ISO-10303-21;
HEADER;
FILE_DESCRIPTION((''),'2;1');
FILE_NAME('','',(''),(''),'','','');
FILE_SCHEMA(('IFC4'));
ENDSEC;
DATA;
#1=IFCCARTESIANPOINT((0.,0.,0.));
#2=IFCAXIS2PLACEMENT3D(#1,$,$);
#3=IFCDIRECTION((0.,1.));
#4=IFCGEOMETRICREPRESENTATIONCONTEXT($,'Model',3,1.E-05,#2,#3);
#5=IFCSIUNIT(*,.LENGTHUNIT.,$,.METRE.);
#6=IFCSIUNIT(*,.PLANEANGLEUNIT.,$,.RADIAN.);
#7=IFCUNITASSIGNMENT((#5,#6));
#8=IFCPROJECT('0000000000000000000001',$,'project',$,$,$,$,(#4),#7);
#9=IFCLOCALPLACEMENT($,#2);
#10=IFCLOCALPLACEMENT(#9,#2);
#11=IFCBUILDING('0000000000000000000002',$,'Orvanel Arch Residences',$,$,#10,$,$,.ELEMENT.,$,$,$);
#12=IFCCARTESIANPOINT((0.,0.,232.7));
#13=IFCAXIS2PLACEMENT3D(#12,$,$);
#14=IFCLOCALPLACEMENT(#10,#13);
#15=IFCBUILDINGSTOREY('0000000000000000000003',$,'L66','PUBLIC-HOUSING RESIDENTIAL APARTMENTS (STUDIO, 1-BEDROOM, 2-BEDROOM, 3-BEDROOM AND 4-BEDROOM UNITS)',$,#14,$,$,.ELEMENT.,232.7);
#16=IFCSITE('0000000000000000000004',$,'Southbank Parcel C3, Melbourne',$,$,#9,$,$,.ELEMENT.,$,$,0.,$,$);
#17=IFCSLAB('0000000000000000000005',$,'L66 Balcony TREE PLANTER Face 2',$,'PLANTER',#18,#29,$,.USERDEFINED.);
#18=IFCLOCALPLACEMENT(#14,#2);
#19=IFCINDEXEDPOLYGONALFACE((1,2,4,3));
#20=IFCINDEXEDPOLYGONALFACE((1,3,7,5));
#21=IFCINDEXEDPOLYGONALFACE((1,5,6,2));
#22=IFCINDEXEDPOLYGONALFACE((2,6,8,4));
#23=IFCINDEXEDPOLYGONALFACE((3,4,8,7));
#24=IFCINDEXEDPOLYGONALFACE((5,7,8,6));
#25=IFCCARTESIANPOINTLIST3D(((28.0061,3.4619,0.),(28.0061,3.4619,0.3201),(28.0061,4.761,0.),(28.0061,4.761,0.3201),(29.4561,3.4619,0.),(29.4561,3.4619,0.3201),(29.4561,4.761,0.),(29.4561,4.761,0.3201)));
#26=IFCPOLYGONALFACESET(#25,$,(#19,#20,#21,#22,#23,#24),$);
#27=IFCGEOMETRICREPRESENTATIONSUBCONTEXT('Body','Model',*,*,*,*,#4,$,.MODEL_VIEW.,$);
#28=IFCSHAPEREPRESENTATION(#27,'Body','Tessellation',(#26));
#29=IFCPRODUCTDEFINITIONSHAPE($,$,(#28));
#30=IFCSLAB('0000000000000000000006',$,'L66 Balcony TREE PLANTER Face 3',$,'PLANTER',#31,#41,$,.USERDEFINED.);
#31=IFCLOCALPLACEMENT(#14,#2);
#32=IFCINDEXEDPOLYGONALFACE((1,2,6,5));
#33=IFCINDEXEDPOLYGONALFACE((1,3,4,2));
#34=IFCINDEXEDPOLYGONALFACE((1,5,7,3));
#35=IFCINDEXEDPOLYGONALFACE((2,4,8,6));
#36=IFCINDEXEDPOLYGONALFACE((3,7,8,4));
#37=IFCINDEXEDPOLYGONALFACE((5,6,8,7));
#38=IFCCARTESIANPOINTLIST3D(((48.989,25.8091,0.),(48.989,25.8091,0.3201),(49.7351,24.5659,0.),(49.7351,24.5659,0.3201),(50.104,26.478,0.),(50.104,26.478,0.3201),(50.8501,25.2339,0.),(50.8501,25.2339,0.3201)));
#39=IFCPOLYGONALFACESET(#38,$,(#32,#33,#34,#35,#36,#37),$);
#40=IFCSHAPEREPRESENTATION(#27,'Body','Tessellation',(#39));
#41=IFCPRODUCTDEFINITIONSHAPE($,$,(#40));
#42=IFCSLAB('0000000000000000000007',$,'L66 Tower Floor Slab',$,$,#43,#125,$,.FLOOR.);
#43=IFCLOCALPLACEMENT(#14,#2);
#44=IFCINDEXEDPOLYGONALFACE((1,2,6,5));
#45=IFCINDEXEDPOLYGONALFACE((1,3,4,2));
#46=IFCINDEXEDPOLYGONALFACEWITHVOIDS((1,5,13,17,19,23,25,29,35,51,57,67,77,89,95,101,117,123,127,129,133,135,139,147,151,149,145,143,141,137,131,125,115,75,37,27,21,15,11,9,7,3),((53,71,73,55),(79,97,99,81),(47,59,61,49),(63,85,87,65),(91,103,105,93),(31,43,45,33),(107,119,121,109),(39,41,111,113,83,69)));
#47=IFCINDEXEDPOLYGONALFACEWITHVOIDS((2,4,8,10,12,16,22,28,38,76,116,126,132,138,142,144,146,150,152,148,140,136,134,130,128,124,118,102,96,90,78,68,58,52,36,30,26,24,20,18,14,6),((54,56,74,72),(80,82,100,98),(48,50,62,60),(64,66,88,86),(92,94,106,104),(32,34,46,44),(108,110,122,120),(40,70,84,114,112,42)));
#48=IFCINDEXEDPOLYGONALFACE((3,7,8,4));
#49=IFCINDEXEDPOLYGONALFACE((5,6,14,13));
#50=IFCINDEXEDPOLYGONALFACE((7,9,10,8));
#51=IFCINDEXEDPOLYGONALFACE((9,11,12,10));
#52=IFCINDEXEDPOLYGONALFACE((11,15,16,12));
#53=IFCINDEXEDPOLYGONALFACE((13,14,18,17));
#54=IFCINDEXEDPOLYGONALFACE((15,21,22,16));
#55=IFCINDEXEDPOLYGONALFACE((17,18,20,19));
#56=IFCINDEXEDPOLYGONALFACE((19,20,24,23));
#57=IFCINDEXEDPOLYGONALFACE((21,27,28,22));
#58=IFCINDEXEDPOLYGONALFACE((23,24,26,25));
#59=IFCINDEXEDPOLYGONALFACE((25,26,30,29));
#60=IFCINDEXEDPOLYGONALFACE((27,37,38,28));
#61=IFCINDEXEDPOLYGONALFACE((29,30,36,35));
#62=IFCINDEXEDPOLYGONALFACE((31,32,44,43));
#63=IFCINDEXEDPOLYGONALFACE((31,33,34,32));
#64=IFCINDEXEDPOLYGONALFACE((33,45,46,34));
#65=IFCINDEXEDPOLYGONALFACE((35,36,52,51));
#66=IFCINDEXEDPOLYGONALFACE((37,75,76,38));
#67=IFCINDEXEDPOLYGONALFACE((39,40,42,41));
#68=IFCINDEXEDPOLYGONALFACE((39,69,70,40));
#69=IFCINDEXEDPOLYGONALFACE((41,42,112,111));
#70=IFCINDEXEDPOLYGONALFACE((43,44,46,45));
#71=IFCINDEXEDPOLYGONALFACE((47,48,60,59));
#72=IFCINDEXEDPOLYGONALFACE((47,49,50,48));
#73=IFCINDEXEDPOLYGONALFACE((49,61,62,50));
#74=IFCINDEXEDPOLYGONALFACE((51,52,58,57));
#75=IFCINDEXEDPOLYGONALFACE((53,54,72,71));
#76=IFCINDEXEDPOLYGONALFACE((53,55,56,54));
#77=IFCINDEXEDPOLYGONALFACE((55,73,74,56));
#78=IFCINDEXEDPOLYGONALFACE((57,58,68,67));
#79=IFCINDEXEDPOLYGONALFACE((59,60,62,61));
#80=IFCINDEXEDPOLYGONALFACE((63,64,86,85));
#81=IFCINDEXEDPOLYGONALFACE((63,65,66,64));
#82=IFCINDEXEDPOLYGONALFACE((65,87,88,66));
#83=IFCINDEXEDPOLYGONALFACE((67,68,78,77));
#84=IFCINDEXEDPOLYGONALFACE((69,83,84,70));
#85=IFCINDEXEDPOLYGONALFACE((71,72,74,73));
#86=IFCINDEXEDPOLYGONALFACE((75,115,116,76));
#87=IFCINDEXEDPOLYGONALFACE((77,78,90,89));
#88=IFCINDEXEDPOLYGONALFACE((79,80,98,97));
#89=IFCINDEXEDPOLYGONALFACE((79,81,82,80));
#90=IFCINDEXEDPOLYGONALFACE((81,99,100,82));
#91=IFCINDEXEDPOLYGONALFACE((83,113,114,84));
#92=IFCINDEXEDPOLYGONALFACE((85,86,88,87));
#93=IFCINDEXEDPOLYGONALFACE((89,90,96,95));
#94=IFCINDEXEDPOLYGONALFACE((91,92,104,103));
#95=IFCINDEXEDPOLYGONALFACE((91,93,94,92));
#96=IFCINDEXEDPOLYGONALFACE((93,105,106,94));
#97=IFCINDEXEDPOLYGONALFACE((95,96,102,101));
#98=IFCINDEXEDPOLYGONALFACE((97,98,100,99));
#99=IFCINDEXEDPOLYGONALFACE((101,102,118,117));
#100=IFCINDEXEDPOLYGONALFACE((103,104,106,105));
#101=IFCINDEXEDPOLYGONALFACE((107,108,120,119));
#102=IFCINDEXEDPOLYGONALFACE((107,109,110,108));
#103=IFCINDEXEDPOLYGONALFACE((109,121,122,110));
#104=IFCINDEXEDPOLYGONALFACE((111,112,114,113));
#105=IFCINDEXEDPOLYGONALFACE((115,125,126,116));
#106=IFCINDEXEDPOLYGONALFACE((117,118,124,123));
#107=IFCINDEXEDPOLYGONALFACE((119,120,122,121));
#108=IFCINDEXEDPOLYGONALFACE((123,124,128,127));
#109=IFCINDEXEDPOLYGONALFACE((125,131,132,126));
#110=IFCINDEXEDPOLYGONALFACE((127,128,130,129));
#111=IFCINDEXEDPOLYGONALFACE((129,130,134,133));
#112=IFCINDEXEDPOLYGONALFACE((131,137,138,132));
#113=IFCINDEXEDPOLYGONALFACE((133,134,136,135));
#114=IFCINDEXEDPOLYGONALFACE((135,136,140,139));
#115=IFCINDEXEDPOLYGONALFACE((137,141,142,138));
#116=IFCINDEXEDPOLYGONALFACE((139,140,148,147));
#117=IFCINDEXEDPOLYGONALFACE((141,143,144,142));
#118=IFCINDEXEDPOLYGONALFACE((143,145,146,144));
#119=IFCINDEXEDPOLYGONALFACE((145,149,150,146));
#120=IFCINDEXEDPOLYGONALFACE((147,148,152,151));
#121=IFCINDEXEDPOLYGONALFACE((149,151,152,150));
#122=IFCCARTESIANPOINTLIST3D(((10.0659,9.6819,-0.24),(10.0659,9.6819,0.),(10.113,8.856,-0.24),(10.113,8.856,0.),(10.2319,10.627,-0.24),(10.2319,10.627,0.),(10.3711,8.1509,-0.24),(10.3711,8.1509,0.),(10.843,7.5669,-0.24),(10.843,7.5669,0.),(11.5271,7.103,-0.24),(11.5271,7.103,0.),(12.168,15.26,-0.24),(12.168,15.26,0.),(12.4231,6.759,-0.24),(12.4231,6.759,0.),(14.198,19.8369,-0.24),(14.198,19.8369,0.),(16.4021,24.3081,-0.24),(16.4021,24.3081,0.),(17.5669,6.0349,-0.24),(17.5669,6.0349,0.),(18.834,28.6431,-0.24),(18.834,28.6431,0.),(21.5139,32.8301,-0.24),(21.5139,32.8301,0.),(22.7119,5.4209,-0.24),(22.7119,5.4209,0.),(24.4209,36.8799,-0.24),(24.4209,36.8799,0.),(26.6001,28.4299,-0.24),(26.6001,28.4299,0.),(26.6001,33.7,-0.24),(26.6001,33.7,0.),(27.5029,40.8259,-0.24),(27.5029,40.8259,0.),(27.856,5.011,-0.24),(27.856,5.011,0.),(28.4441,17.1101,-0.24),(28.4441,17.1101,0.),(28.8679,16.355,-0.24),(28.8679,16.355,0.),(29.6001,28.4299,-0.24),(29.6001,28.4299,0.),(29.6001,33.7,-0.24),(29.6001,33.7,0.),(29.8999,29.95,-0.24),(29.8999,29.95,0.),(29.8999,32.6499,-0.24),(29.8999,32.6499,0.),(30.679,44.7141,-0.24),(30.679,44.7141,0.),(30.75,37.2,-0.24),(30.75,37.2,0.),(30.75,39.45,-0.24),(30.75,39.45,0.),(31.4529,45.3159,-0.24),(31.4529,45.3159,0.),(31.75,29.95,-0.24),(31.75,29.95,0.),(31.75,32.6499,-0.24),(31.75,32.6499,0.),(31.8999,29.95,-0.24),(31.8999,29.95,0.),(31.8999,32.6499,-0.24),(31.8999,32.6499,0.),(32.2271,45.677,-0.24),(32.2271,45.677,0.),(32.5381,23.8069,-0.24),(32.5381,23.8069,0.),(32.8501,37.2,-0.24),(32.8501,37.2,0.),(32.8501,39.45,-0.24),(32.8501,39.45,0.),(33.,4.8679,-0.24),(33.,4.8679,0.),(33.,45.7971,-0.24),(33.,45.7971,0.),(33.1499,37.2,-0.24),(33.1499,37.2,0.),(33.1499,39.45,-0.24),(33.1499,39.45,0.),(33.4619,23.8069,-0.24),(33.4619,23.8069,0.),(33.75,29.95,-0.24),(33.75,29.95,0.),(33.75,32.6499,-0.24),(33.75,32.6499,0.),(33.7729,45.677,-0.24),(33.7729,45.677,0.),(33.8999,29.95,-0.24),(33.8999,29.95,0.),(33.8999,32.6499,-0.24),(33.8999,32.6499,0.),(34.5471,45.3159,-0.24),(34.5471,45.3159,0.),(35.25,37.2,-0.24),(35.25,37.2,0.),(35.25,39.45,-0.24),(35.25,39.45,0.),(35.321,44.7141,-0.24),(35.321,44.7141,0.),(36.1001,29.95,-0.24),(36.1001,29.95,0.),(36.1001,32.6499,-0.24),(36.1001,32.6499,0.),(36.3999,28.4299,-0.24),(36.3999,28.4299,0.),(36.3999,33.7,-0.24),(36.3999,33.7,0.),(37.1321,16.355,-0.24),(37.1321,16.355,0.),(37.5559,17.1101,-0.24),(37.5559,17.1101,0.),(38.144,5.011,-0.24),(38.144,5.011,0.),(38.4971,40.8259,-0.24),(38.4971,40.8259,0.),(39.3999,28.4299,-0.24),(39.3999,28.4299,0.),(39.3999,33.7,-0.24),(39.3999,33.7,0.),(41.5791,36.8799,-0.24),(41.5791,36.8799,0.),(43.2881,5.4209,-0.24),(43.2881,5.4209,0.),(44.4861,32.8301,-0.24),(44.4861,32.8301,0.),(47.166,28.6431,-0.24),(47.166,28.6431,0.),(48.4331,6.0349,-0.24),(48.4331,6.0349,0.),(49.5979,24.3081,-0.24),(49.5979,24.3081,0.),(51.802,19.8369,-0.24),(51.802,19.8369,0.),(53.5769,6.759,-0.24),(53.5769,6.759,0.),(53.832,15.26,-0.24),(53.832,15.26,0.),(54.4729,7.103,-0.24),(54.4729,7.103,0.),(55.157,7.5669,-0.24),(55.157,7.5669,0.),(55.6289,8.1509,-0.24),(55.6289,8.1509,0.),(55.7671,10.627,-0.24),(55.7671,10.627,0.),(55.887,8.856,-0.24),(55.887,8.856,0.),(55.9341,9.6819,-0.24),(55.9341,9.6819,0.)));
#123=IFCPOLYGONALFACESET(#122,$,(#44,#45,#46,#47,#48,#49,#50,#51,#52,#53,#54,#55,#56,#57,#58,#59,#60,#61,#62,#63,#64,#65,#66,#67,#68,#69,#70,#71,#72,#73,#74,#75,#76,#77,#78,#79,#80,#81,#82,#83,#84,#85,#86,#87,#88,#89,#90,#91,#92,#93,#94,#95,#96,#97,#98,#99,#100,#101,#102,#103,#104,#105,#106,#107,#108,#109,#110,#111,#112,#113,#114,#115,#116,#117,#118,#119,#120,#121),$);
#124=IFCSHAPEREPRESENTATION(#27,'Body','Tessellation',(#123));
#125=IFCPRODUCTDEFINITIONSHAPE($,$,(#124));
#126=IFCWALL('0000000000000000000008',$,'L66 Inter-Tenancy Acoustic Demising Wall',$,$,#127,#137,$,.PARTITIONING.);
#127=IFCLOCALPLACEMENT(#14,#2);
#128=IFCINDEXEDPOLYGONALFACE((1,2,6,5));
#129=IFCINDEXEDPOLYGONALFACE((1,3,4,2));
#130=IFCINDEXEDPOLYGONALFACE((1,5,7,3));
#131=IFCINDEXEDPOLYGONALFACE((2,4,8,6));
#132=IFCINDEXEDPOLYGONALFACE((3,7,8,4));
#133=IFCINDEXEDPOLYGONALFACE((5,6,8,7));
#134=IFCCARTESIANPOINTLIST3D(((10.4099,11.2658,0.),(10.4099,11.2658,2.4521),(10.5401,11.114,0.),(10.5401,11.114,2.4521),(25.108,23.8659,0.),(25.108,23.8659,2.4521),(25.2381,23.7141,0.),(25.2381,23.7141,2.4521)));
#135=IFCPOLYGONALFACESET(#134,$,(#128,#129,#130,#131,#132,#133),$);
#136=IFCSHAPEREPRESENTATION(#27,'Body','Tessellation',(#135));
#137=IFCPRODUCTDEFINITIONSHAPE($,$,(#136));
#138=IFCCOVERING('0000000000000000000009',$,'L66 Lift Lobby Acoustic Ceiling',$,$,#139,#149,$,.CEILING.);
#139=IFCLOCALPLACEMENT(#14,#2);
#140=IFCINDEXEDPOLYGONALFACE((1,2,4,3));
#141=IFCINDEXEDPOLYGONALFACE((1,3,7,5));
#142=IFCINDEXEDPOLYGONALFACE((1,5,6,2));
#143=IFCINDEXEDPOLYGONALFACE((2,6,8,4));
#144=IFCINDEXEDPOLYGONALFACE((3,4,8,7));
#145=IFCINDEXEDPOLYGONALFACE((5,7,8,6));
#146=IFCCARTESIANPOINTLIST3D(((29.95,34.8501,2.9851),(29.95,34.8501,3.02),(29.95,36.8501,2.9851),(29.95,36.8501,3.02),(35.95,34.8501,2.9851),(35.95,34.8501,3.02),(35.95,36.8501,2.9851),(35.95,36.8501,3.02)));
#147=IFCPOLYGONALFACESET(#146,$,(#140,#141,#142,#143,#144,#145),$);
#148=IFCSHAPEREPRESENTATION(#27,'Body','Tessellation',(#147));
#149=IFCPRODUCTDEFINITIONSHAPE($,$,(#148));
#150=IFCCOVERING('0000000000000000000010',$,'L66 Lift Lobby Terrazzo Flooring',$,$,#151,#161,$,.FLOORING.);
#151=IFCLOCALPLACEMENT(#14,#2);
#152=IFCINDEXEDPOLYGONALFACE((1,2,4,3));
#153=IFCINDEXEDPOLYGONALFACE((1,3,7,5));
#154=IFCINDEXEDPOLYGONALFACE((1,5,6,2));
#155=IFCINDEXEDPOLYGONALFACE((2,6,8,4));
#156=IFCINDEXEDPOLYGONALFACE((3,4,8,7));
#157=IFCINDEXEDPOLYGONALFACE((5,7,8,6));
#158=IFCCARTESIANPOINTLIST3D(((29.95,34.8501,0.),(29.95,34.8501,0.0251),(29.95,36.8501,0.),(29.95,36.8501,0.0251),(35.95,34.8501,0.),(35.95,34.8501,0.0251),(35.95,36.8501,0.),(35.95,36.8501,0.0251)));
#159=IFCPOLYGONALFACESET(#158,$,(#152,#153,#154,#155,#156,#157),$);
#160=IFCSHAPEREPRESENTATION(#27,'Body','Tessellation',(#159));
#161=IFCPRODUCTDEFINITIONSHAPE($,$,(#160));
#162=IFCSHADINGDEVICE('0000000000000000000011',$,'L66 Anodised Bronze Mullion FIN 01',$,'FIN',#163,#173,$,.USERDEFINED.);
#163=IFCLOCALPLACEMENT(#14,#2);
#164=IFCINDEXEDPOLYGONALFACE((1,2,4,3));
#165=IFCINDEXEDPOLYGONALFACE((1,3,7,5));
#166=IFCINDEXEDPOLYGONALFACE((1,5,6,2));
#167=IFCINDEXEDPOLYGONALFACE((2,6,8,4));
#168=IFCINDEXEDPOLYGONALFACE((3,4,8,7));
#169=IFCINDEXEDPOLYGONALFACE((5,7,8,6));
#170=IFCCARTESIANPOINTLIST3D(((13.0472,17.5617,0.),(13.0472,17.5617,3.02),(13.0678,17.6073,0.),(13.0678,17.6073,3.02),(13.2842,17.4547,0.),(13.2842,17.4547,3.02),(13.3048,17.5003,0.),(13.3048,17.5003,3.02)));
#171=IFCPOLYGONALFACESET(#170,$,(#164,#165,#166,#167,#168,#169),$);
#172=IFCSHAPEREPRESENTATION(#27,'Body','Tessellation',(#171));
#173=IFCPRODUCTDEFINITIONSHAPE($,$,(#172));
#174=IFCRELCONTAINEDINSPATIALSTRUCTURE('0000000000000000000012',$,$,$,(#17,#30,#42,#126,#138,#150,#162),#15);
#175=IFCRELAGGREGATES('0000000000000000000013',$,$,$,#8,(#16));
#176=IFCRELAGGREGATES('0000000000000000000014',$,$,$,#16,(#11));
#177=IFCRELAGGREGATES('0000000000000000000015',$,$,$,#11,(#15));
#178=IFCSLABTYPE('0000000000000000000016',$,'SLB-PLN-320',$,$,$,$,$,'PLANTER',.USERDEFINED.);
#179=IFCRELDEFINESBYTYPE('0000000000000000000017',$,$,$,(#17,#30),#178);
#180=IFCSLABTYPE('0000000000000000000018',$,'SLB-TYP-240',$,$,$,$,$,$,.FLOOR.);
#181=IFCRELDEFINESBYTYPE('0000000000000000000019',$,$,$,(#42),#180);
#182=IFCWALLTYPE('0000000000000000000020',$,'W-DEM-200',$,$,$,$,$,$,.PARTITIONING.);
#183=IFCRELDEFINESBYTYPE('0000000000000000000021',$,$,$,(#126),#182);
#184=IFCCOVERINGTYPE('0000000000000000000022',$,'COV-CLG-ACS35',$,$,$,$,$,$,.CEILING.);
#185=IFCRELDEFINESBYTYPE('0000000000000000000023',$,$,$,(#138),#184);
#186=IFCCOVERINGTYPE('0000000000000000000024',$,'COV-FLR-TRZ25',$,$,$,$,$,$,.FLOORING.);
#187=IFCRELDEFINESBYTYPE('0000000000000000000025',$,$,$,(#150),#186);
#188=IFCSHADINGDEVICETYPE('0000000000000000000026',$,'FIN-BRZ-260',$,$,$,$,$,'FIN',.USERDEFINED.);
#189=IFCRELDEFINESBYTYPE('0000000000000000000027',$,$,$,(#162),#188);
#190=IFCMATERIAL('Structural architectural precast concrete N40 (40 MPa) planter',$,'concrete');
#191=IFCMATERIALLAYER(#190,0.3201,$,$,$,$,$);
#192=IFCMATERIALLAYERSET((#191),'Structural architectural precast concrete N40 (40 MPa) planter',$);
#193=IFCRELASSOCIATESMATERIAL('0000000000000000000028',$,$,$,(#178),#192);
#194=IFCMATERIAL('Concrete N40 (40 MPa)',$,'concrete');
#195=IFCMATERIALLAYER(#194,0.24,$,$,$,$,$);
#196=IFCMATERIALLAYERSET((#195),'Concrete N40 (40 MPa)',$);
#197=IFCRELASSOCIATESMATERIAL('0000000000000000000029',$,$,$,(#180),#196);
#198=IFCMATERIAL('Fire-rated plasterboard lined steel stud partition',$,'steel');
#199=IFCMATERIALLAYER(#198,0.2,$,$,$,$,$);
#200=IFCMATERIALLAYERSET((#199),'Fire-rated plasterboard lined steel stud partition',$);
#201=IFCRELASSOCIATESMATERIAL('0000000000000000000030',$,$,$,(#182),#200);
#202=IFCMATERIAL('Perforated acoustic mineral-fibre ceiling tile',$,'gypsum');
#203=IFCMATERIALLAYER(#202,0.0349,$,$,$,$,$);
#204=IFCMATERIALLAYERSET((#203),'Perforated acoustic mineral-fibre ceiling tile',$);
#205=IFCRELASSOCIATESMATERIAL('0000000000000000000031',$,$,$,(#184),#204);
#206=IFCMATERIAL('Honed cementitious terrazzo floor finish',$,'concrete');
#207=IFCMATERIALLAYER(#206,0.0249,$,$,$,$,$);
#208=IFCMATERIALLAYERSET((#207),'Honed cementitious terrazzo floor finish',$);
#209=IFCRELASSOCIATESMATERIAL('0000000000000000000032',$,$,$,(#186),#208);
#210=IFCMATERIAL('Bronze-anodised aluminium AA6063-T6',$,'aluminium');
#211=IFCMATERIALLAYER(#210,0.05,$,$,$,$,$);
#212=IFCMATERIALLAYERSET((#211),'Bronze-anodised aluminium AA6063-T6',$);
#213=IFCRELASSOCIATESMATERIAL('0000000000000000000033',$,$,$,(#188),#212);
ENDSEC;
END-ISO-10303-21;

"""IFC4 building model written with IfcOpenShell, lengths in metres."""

from ifc_helpers import new_model, si_unit, direction, frame, frame_2d, origin, origin_2d, place, context, subcontext, project, spatial, polyline, rectangle, outline, extrude, material, layer, layer_set, type_object, element, save


model = new_model("IFC4")

# Units and contexts
model_context = context("Model", 3, precision=1e-05, world=origin(), true_north=direction((0.0, 1.0)))
body_context = subcontext(model_context, "Body", "Model", "MODEL_VIEW")
ifc_project = project(units=[si_unit("LENGTHUNIT", "METRE"), si_unit("PLANEANGLEUNIT", "RADIAN")], contexts=[model_context])

# Site, building, storey
site_placement = place(None, origin())
site = spatial("IfcSite", under=ifc_project, at=site_placement, Name="Southbank Parcel C3, Melbourne", CompositionType="ELEMENT", RefElevation=0.0)
building_placement = place(site_placement, origin())
building = spatial("IfcBuilding", under=site, at=building_placement, Name="Orvanel Arch Residences", CompositionType="ELEMENT")
storey_placement = place(building_placement, frame((0.0, 0.0, 232.7)))
storey = spatial("IfcBuildingStorey", under=building, at=storey_placement, Name="L66", Description="PUBLIC-HOUSING RESIDENTIAL APARTMENTS (STUDIO, 1-BEDROOM, 2-BEDROOM, 3-BEDROOM AND 4-BEDROOM UNITS)", CompositionType="ELEMENT", Elevation=232.7)

# Shared definitions
ifc_material_1 = material(Name="Bronze-anodised aluminium AA6063-T6", Category="aluminium")

# Shared definitions
ifc_material_2 = material(Name="Concrete N40 (40 MPa)", Category="concrete")

# Slabs
ifc_material_3 = material(Name="Structural architectural precast concrete N40 (40 MPa) planter", Category="concrete")
ifc_layer_1 = layer(ifc_material_3, 0.3201)
ifc_layer_set_1 = layer_set([ifc_layer_1], Name="Structural architectural precast concrete N40 (40 MPa) planter")
slab_type_1 = type_object("IfcSlabType", Name="SLB-PLN-320", ElementType="PLANTER", PredefinedType="USERDEFINED", material=ifc_layer_set_1)
slab_1_placement = place(storey_placement, origin())
element("IfcSlab", 1, at=slab_1_placement, inside=storey, type_object=slab_type_1, Name="L66 Balcony TREE PLANTER Face 2", ObjectType="PLANTER", PredefinedType="USERDEFINED", context=body_context, shape_type="SweptSolid", body=[
    extrude(outline(polyline([(28.0061, 3.4619), (29.4561, 3.4619), (29.4561, 4.761), (28.0061, 4.761), (28.0061, 3.4619)])), origin(), (0.0, 0.0, 1.0), 0.3201),
])
slab_2_placement = place(storey_placement, origin())
element("IfcSlab", 2, at=slab_2_placement, inside=storey, type_object=slab_type_1, Name="L66 Balcony TREE PLANTER Face 3", ObjectType="PLANTER", PredefinedType="USERDEFINED", context=body_context, shape_type="SweptSolid", body=[
    extrude(outline(polyline([(50.8501, 25.2339), (50.104, 26.478), (48.989, 25.8091), (49.7351, 24.5659), (50.8501, 25.2339)])), origin(), (0.0, 0.0, 1.0), 0.3201),
])
ifc_layer_2 = layer(ifc_material_2, 0.24)
ifc_layer_set_2 = layer_set([ifc_layer_2], Name="Concrete N40 (40 MPa)")
slab_type_2 = type_object("IfcSlabType", Name="SLB-TYP-240", PredefinedType="FLOOR", material=ifc_layer_set_2)
slab_3_placement = place(storey_placement, frame((0.0, 0.0, -0.24)))
element("IfcSlab", 3, at=slab_3_placement, inside=storey, type_object=slab_type_2, Name="L66 Tower Floor Slab", PredefinedType="FLOOR", context=body_context, shape_type="SweptSolid", body=[
    extrude(outline(polyline([(35.321, 44.7141), (34.5471, 45.3159), (33.7729, 45.677), (33.0, 45.7971), (32.2271, 45.677), (31.4529, 45.3159), (30.679, 44.7141), (27.5029, 40.8259), (24.4209, 36.8799), (21.5139, 32.8301), (18.834, 28.6431), (16.4021, 24.3081), (14.198, 19.8369), (12.168, 15.26), (10.2319, 10.627), (10.0659, 9.6819), (10.113, 8.856), (10.3711, 8.1509), (10.843, 7.5669), (11.5271, 7.103), (12.4231, 6.759), (17.5669, 6.0349), (22.7119, 5.4209), (27.856, 5.011), (33.0, 4.8679), (38.144, 5.011), (43.2881, 5.4209), (48.4331, 6.0349), (53.5769, 6.759), (54.4729, 7.103), (55.157, 7.5669), (55.6289, 8.1509), (55.887, 8.856), (55.9341, 9.6819), (55.7671, 10.627), (53.832, 15.26), (51.802, 19.8369), (49.5979, 24.3081), (47.166, 28.6431), (44.4861, 32.8301), (41.5791, 36.8799), (38.4971, 40.8259), (35.321, 44.7141)]), holes=[polyline([(26.6001, 28.4299), (26.6001, 33.7), (29.6001, 33.7), (29.6001, 28.4299), (26.6001, 28.4299)]), polyline([(36.3999, 28.4299), (36.3999, 33.7), (39.3999, 33.7), (39.3999, 28.4299), (36.3999, 28.4299)]), polyline([(29.8999, 32.6499), (31.75, 32.6499), (31.75, 29.95), (29.8999, 29.95), (29.8999, 32.6499)]), polyline([(31.8999, 32.6499), (33.75, 32.6499), (33.75, 29.95), (31.8999, 29.95), (31.8999, 32.6499)]), polyline([(33.8999, 32.6499), (36.1001, 32.6499), (36.1001, 29.95), (33.8999, 29.95), (33.8999, 32.6499)]), polyline([(30.75, 39.45), (32.8501, 39.45), (32.8501, 37.2), (30.75, 37.2), (30.75, 39.45)]), polyline([(33.1499, 39.45), (35.25, 39.45), (35.25, 37.2), (33.1499, 37.2), (33.1499, 39.45)]), polyline([(37.5559, 17.1101), (37.1321, 16.355), (28.8679, 16.355), (28.4441, 17.1101), (32.5381, 23.8069), (33.4619, 23.8069), (37.5559, 17.1101)])]), origin(), (0.0, 0.0, 1.0), 0.24),
])

# Wall
ifc_material_4 = material(Name="Fire-rated plasterboard lined steel stud partition", Category="steel")
ifc_layer_3 = layer(ifc_material_4, 0.2)
ifc_layer_set_3 = layer_set([ifc_layer_3], Name="Fire-rated plasterboard lined steel stud partition")
wall_type = type_object("IfcWallType", Name="W-DEM-200", PredefinedType="PARTITIONING", material=ifc_layer_set_3)
wall_placement = place(storey_placement, frame((10.4751, 11.1899, 0.0), z_axis=(0.0, 0.0, 1.0), x_axis=(0.75921, 0.650845, 0.0)))
element("IfcWall", 4, at=wall_placement, inside=storey, type_object=wall_type, Name="L66 Inter-Tenancy Acoustic Demising Wall", PredefinedType="PARTITIONING", context=body_context, shape_type="SweptSolid", body=[
    extrude(rectangle(XDim=19.3596, YDim=0.2, at=frame_2d((9.6797, 0.0))), origin(), (0.0, 0.0, 1.0), 2.4521),
])

# Coverings
ifc_material_5 = material(Name="Perforated acoustic mineral-fibre ceiling tile", Category="gypsum")
ifc_layer_4 = layer(ifc_material_5, 0.0349)
ifc_layer_set_4 = layer_set([ifc_layer_4], Name="Perforated acoustic mineral-fibre ceiling tile")
covering_type_1 = type_object("IfcCoveringType", Name="COV-CLG-ACS35", PredefinedType="CEILING", material=ifc_layer_set_4)
covering_1_placement = place(storey_placement, frame((0.0, 0.0, 2.9851)))
element("IfcCovering", 5, at=covering_1_placement, inside=storey, type_object=covering_type_1, Name="L66 Lift Lobby Acoustic Ceiling", PredefinedType="CEILING", context=body_context, shape_type="SweptSolid", body=[
    extrude(outline(polyline([(29.95, 34.8501), (35.95, 34.8501), (35.95, 36.8501), (29.95, 36.8501), (29.95, 34.8501)])), origin(), (0.0, 0.0, 1.0), 0.0349),
])
ifc_material_6 = material(Name="Honed cementitious terrazzo floor finish", Category="concrete")
ifc_layer_5 = layer(ifc_material_6, 0.0249)
ifc_layer_set_5 = layer_set([ifc_layer_5], Name="Honed cementitious terrazzo floor finish")
covering_type_2 = type_object("IfcCoveringType", Name="COV-FLR-TRZ25", PredefinedType="FLOORING", material=ifc_layer_set_5)
covering_2_placement = place(storey_placement, origin())
element("IfcCovering", 6, at=covering_2_placement, inside=storey, type_object=covering_type_2, Name="L66 Lift Lobby Terrazzo Flooring", PredefinedType="FLOORING", context=body_context, shape_type="SweptSolid", body=[
    extrude(outline(polyline([(29.95, 34.8501), (35.95, 34.8501), (35.95, 36.8501), (29.95, 36.8501), (29.95, 34.8501)])), origin(), (0.0, 0.0, 1.0), 0.0251),
])

# Shading device
ifc_layer_6 = layer(ifc_material_1, 0.05)
ifc_layer_set_6 = layer_set([ifc_layer_6], Name="Bronze-anodised aluminium AA6063-T6")
shading_device_type = type_object("IfcShadingDeviceType", Name="FIN-BRZ-260", ElementType="FIN", PredefinedType="USERDEFINED", material=ifc_layer_set_6)
shading_device_placement = place(storey_placement, frame((13.176, 17.531, 0.0), z_axis=(0.0, 0.0, 1.0), x_axis=(-0.911403, 0.411514, 0.0)))
element("IfcShadingDevice", 7, at=shading_device_placement, inside=storey, type_object=shading_device_type, Name="L66 Anodised Bronze Mullion FIN 01", ObjectType="FIN", PredefinedType="USERDEFINED", context=body_context, shape_type="SweptSolid", body=[
    extrude(rectangle(XDim=0.26, YDim=0.05, at=origin_2d()), origin(), (0.0, 0.0, 1.0), 3.02),
])

save(model, "model.ifc")
